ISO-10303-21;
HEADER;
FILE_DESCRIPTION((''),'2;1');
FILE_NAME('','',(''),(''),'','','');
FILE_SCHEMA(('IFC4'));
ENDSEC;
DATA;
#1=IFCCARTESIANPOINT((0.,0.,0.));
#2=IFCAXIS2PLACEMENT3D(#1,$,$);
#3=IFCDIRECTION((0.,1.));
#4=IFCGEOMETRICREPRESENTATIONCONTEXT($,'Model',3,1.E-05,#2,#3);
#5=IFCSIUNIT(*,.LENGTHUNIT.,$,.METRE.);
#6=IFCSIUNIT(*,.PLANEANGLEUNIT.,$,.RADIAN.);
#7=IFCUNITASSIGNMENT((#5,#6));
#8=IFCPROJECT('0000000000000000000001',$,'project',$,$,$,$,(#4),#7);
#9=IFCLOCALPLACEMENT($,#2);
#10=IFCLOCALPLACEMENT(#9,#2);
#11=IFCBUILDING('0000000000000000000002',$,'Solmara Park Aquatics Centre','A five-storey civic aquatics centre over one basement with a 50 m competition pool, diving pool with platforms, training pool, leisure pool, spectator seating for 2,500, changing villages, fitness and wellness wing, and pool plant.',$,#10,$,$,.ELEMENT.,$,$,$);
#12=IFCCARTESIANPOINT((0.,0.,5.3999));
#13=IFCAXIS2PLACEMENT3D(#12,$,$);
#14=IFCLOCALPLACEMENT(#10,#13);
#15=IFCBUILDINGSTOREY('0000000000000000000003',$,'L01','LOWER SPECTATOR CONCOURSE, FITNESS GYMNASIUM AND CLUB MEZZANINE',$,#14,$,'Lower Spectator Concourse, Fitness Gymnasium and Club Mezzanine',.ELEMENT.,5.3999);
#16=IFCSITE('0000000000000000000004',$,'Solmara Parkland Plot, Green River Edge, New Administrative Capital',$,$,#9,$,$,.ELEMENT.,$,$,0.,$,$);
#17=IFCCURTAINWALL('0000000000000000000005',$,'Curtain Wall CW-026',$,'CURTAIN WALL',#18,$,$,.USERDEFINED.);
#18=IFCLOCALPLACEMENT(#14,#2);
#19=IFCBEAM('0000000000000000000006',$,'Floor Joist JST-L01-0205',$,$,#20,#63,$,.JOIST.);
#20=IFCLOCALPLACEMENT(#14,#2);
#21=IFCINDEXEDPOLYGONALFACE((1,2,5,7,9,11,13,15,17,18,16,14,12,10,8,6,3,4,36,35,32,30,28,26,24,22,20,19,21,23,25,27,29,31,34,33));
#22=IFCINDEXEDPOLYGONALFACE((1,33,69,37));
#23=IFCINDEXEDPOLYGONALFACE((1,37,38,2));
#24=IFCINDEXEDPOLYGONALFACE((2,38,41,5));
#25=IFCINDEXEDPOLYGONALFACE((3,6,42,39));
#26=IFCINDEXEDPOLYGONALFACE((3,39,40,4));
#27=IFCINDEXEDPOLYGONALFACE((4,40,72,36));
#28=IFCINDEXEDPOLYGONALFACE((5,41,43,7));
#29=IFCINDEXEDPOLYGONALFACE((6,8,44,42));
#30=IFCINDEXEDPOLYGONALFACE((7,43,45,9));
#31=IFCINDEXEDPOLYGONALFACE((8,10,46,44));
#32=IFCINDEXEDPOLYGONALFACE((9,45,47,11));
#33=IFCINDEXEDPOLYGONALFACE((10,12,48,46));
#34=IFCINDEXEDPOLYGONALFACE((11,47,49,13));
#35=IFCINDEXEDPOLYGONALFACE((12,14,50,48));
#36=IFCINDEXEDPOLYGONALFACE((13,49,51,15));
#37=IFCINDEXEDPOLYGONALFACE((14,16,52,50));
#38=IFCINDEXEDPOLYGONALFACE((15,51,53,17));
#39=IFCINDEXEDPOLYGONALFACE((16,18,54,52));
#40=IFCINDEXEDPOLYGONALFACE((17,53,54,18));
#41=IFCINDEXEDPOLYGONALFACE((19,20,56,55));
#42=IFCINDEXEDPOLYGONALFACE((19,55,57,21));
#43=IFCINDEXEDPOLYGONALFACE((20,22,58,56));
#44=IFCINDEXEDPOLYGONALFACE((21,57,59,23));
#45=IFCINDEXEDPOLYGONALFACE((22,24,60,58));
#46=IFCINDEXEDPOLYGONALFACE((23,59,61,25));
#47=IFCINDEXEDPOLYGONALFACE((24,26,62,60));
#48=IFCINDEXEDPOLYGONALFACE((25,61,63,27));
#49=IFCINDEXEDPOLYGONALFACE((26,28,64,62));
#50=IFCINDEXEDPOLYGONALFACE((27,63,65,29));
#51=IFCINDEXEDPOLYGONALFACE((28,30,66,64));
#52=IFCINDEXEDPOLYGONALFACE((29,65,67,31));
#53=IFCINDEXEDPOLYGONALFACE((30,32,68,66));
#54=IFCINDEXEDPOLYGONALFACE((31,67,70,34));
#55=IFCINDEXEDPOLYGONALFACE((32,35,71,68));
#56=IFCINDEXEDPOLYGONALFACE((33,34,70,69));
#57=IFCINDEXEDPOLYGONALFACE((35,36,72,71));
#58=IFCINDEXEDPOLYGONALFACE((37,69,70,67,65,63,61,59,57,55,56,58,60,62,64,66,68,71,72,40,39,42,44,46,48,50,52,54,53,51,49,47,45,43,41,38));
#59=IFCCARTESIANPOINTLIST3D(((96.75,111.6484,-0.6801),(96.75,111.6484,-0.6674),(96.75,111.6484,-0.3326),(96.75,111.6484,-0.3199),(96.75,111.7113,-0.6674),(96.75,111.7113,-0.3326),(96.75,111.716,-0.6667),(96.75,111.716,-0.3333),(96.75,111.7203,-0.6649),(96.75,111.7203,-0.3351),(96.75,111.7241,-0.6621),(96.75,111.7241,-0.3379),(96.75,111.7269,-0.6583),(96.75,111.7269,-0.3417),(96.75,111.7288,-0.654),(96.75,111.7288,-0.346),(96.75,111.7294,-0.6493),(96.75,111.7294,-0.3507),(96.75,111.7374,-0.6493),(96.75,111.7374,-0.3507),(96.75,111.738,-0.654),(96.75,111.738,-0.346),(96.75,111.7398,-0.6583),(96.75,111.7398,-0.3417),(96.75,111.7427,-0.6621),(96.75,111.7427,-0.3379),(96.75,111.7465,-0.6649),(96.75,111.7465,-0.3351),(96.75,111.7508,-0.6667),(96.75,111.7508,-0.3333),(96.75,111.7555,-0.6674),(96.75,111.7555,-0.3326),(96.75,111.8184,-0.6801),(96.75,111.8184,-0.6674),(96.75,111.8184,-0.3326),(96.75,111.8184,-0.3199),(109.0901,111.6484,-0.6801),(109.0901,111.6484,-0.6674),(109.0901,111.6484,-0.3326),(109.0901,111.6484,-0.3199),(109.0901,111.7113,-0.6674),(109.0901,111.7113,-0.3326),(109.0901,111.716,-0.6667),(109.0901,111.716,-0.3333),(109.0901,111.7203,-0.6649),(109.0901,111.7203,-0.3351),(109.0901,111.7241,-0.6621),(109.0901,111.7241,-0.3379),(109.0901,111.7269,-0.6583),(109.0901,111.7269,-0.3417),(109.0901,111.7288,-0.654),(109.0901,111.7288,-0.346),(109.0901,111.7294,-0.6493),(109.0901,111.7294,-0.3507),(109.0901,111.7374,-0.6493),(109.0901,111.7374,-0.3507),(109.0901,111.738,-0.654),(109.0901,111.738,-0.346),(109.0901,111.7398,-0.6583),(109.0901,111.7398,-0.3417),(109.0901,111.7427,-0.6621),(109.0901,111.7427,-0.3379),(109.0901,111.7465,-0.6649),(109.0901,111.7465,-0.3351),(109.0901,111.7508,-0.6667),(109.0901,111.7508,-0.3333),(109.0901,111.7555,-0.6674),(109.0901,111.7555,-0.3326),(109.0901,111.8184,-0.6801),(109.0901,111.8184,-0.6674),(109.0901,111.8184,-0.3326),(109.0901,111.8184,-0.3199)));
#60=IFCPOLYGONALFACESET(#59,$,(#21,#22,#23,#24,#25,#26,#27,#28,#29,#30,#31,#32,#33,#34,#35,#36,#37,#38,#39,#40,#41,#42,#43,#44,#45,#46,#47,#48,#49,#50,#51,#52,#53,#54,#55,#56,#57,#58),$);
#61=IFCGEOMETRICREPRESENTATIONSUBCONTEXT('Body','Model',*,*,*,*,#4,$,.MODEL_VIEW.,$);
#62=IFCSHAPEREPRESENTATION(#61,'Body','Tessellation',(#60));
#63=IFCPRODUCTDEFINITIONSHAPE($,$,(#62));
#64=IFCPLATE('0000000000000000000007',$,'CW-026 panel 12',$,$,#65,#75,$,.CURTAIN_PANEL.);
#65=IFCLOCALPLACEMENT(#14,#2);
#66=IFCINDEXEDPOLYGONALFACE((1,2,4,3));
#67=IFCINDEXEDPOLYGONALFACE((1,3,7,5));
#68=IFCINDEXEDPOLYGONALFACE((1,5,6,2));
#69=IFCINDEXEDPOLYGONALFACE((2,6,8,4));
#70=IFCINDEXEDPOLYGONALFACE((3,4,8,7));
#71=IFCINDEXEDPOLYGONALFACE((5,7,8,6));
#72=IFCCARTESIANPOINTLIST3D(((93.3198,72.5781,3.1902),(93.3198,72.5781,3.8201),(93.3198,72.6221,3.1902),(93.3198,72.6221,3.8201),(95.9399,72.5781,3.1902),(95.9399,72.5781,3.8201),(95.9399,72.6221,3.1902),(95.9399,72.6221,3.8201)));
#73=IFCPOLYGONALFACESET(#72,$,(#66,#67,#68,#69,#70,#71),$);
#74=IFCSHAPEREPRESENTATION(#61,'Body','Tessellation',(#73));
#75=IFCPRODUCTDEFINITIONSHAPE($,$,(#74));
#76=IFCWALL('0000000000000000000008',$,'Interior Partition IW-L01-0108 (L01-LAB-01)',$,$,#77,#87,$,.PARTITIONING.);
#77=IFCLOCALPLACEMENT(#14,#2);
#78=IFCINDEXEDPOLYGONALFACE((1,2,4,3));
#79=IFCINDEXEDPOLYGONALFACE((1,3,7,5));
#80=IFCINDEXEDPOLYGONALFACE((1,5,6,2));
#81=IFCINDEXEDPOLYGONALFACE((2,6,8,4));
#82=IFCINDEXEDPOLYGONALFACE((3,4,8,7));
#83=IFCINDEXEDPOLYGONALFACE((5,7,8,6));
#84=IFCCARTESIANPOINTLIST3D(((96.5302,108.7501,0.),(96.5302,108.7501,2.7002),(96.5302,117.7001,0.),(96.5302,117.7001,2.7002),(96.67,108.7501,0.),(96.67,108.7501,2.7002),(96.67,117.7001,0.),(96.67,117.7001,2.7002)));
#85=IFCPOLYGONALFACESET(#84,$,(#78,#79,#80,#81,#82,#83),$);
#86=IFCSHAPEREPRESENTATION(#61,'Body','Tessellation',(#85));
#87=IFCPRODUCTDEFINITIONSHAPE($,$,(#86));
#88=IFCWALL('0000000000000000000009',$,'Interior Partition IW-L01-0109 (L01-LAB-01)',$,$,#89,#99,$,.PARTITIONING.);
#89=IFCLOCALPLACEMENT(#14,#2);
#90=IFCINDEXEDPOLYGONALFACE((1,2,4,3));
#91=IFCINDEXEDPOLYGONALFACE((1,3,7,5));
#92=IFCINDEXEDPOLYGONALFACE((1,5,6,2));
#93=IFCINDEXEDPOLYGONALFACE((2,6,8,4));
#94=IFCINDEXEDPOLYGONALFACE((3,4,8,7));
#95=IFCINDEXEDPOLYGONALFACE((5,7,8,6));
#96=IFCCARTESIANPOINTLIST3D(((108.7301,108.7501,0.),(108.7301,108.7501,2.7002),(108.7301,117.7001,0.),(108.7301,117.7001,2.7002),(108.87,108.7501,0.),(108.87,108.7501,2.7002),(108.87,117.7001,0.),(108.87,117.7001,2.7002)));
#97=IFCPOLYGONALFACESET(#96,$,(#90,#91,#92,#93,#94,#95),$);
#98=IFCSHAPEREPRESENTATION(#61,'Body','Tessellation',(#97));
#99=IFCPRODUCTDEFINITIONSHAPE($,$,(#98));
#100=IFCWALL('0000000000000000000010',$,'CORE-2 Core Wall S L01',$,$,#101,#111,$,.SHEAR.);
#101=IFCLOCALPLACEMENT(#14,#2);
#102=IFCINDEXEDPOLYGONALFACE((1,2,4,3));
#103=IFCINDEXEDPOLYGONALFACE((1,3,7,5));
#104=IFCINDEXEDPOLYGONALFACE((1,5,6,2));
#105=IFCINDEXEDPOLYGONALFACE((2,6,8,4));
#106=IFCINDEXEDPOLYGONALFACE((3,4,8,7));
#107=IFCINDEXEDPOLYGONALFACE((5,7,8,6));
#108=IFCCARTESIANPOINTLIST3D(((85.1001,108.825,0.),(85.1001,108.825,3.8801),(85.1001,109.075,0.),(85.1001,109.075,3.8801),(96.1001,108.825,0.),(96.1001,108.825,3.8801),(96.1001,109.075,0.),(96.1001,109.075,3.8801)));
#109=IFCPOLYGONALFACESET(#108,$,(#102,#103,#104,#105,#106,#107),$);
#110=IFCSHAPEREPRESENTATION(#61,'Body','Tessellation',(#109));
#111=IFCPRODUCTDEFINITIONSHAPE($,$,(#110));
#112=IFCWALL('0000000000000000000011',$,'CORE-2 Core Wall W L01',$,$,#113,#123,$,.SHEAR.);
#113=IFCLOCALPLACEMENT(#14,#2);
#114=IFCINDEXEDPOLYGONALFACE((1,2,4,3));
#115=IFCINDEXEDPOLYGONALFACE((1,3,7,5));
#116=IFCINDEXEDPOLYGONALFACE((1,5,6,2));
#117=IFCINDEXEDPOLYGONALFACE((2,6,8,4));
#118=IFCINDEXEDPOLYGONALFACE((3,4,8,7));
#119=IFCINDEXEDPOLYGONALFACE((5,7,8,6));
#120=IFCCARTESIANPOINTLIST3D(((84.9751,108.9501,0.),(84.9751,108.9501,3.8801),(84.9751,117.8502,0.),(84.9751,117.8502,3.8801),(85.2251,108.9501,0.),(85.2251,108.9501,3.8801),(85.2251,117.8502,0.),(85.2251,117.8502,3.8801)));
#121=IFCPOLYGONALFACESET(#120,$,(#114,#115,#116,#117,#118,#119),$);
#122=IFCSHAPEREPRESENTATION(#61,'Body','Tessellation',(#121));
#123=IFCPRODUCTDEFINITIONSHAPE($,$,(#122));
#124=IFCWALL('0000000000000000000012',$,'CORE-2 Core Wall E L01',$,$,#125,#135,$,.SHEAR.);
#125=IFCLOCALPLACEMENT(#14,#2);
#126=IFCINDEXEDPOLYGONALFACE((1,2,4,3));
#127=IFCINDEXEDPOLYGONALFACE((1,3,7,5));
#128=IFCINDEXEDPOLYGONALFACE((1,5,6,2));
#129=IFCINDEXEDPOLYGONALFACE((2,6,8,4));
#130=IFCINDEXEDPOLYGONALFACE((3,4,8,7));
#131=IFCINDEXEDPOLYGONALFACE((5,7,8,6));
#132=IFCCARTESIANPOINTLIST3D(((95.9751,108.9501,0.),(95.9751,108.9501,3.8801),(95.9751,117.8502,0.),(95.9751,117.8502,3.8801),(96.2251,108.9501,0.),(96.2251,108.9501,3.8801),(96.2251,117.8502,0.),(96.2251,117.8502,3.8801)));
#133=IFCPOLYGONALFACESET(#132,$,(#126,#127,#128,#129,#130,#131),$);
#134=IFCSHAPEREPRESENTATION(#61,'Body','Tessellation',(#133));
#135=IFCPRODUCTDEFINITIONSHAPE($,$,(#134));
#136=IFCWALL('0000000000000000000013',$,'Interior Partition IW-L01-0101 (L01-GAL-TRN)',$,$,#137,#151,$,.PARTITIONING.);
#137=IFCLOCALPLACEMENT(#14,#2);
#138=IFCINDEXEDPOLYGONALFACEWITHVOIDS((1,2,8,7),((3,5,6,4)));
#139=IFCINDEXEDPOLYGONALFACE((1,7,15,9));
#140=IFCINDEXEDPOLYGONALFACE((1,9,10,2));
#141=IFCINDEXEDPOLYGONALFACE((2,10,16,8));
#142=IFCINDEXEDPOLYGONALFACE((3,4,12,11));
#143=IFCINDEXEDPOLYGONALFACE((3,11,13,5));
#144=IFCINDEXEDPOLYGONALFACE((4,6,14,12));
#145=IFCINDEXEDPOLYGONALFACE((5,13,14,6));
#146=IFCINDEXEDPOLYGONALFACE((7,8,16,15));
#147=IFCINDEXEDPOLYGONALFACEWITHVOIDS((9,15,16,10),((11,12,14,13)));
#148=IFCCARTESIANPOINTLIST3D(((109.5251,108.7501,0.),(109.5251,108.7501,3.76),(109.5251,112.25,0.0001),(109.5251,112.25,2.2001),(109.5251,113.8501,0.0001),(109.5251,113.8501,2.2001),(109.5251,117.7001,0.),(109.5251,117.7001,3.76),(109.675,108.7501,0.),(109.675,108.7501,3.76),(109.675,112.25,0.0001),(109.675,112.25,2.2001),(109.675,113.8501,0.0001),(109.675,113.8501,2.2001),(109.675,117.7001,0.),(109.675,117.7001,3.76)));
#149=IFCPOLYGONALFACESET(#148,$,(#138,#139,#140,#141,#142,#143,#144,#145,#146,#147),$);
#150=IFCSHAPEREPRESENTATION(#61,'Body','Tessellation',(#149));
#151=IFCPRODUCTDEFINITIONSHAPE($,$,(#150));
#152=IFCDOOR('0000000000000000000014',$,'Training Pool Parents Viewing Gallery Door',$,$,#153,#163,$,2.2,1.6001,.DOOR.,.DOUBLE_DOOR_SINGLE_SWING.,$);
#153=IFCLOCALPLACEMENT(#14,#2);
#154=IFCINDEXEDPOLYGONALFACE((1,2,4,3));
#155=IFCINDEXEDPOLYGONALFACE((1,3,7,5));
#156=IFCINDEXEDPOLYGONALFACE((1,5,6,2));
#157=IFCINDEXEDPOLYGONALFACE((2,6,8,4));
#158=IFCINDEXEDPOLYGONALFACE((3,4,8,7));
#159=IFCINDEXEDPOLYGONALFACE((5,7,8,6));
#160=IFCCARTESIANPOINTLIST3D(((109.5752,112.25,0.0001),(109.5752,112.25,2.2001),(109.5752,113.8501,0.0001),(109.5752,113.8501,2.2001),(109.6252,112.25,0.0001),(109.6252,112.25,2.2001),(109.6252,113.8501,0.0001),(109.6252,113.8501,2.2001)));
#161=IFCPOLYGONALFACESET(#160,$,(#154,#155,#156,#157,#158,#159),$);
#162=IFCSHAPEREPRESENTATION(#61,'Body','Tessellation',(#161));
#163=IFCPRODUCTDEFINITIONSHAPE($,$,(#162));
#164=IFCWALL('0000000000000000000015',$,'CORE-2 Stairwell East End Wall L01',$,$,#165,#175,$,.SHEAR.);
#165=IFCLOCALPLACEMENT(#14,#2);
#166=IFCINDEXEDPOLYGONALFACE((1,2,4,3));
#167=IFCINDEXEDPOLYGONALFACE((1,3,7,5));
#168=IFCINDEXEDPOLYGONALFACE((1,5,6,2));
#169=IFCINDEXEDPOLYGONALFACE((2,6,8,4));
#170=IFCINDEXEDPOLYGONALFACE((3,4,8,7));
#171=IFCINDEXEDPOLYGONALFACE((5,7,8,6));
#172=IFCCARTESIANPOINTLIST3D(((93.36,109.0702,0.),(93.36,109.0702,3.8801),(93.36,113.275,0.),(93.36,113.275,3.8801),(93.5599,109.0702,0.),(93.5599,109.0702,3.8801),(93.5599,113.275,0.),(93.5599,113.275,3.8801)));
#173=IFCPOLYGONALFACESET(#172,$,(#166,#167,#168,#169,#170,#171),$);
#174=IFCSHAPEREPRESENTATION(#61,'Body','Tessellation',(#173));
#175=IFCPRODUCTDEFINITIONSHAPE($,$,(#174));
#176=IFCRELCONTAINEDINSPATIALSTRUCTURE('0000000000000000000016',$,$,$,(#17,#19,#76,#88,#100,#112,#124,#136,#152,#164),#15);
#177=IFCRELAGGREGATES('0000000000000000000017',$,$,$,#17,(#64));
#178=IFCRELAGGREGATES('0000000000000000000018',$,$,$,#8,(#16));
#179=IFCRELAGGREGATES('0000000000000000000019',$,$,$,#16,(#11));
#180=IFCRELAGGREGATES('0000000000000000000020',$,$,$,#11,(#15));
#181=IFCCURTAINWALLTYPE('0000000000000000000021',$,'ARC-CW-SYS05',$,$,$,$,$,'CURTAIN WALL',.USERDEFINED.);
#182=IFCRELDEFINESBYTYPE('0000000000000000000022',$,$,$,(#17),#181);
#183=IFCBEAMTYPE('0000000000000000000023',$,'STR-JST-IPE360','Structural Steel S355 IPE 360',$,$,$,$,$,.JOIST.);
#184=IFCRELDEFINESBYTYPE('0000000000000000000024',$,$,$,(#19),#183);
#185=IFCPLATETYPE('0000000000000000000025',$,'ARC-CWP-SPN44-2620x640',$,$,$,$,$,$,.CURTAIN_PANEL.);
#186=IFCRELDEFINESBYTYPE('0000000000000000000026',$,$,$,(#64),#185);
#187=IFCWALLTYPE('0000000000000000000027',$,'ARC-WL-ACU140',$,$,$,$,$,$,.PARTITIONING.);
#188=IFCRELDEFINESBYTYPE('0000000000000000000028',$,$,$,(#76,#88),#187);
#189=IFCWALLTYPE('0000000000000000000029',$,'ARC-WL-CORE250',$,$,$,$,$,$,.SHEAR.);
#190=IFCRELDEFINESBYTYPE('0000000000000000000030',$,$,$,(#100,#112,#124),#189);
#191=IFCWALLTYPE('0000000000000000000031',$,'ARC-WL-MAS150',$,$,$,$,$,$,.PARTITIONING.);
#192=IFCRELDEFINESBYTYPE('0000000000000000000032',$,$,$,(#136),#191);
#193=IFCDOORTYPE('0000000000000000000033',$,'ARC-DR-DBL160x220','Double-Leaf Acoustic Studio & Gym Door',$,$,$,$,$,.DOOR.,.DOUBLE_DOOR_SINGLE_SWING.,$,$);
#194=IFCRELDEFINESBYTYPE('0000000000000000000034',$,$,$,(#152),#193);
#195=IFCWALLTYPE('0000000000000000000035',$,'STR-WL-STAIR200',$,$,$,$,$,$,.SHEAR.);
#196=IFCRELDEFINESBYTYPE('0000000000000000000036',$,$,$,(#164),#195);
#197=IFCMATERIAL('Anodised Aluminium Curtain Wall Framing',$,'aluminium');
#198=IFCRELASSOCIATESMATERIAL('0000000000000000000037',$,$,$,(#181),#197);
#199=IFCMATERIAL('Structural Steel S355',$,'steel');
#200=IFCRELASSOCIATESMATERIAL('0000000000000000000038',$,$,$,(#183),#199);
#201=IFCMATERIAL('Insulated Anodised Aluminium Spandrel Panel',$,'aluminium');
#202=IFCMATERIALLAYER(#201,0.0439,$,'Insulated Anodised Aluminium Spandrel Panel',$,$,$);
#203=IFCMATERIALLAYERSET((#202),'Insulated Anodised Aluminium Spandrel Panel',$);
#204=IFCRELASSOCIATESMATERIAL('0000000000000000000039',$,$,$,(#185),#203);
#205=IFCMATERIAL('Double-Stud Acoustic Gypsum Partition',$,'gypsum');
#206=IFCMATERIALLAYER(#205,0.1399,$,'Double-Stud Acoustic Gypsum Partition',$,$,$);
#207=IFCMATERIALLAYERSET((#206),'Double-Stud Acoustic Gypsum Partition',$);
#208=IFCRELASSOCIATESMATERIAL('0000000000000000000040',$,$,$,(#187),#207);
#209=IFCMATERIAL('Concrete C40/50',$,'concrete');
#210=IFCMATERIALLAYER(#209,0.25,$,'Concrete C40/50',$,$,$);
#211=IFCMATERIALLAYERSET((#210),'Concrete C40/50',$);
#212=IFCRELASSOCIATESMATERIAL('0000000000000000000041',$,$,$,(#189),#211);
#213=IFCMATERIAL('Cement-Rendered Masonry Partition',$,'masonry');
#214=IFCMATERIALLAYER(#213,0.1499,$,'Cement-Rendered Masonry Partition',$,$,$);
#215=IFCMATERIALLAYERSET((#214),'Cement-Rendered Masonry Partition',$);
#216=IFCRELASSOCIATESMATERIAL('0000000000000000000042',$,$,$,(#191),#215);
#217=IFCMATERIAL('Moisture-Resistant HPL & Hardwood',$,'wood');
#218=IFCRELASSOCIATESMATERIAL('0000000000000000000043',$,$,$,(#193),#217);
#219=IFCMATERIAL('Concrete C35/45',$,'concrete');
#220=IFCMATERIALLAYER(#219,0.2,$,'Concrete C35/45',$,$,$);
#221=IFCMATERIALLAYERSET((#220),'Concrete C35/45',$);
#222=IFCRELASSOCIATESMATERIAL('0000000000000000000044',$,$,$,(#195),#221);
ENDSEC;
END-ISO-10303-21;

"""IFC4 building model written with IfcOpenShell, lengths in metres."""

from ifc_helpers import new_model, si_unit, direction, frame, frame_2d, origin, origin_2d, place, context, subcontext, project, spatial, rectangle, i_section, extrude, material, layer, layer_set, material_profile, profile_set, type_object, element, fill, aggregate, save


model = new_model("IFC4")

# Units and contexts
model_context = context("Model", 3, precision=1e-05, world=origin(), true_north=direction((0.0, 1.0)))
body_context = subcontext(model_context, "Body", "Model", "MODEL_VIEW")
ifc_project = project(units=[si_unit("LENGTHUNIT", "METRE"), si_unit("PLANEANGLEUNIT", "RADIAN")], contexts=[model_context])

# Site, building, storey
site_placement = place(None, origin())
site = spatial("IfcSite", under=ifc_project, at=site_placement, Name="Solmara Parkland Plot, Green River Edge, New Administrative Capital", CompositionType="ELEMENT", RefElevation=0.0)
building_placement = place(site_placement, origin())
building = spatial("IfcBuilding", under=site, at=building_placement, Name="Solmara Park Aquatics Centre", Description="A five-storey civic aquatics centre over one basement with a 50 m competition pool, diving pool with platforms, training pool, leisure pool, spectator seating for 2,500, changing villages, fitness and wellness wing, and pool plant.", CompositionType="ELEMENT")
storey_placement = place(building_placement, frame((0.0, 0.0, 5.3999)))
storey = spatial("IfcBuildingStorey", under=building, at=storey_placement, Name="L01", Description="LOWER SPECTATOR CONCOURSE, FITNESS GYMNASIUM AND CLUB MEZZANINE", LongName="Lower Spectator Concourse, Fitness Gymnasium and Club Mezzanine", CompositionType="ELEMENT", Elevation=5.3999)

# Shared definitions
ifc_material_1 = material(Name="Structural Steel S355", Category="steel")
ifc_material_2 = material(Name="Concrete C40/50", Category="concrete")

# Curtain wall
ifc_material_3 = material(Name="Anodised Aluminium Curtain Wall Framing", Category="aluminium")
curtain_wall_type = type_object("IfcCurtainWallType", Name="ARC-CW-SYS05", ElementType="CURTAIN WALL", PredefinedType="USERDEFINED", material=ifc_material_3)
curtain_wall_placement = place(storey_placement, origin())
curtain_wall = element("IfcCurtainWall", 1, at=curtain_wall_placement, inside=storey, type_object=curtain_wall_type, Name="Curtain Wall CW-026", ObjectType="CURTAIN WALL", PredefinedType="USERDEFINED")

# Beam
ifc_material_profile_1 = material_profile(ifc_material_1, i_section(OverallWidth=0.1699, OverallDepth=0.3601, WebThickness=0.0081, FlangeThickness=0.0127, FilletRadius=0.0181, at=origin_2d()), Name="IPE 360")
ifc_profile_set_1 = profile_set([ifc_material_profile_1], Name="Structural Steel S355")
beam_type_1 = type_object("IfcBeamType", Name="STR-JST-IPE360", Description="Structural Steel S355 IPE 360", PredefinedType="JOIST", material=ifc_profile_set_1)
beam_1_placement = place(storey_placement, frame((96.75, 111.7334, -0.5), z_axis=(1.0, 0.0, 0.0), x_axis=(0.0, 1.0, 0.0)))
element("IfcBeam", 2, at=beam_1_placement, inside=storey, type_object=beam_type_1, Name="Floor Joist JST-L01-0205", PredefinedType="JOIST", context=body_context, shape_type="SweptSolid", body=[
    extrude(i_section(OverallWidth=0.1699, OverallDepth=0.3601, WebThickness=0.0081, FlangeThickness=0.0127, FilletRadius=0.0181, at=origin_2d()), origin(), (0.0, 0.0, 1.0), 12.3401),
])

# Plate
ifc_material_4 = material(Name="Insulated Anodised Aluminium Spandrel Panel", Category="aluminium")
ifc_layer_1 = layer(ifc_material_4, 0.0439, Name="Insulated Anodised Aluminium Spandrel Panel")
ifc_layer_set_1 = layer_set([ifc_layer_1], Name="Insulated Anodised Aluminium Spandrel Panel")
plate_type = type_object("IfcPlateType", Name="ARC-CWP-SPN44-2620x640", PredefinedType="CURTAIN_PANEL", material=ifc_layer_set_1)
plate_placement = place(storey_placement, frame((94.6299, 72.6001, 3.1902), z_axis=(0.0, 0.0, 1.0), x_axis=(1.0, 0.0, 0.0)))
plate = element("IfcPlate", 3, at=plate_placement, type_object=plate_type, Name="CW-026 panel 12", PredefinedType="CURTAIN_PANEL", context=body_context, shape_type="SweptSolid", body=[
    extrude(rectangle(XDim=2.6201, YDim=0.0439, at=origin_2d()), origin(), (0.0, 0.0, 1.0), 0.6299),
])
aggregate(curtain_wall, [plate])

# Walls
ifc_material_5 = material(Name="Double-Stud Acoustic Gypsum Partition", Category="gypsum")
ifc_layer_2 = layer(ifc_material_5, 0.1399, Name="Double-Stud Acoustic Gypsum Partition")
ifc_layer_set_2 = layer_set([ifc_layer_2], Name="Double-Stud Acoustic Gypsum Partition")
wall_type_1 = type_object("IfcWallType", Name="ARC-WL-ACU140", PredefinedType="PARTITIONING", material=ifc_layer_set_2)
for number, where, z_axis, x_axis, name in (
    (4, (96.6001, 108.75, 0.0), (0.0, 0.0, 1.0), (0.0, 1.0, 0.0), "Interior Partition IW-L01-0108 (L01-LAB-01)"),
    (5, (108.8, 108.75, 0.0), (0.0, 0.0, 1.0), (0.0, 1.0, 0.0), "Interior Partition IW-L01-0109 (L01-LAB-01)"),
):
    element("IfcWall", number, at=place(storey_placement, frame(where, z_axis=z_axis, x_axis=x_axis)), inside=storey, type_object=wall_type_1, Name=name, PredefinedType="PARTITIONING", context=body_context, shape_type="SweptSolid", body=[
        extrude(rectangle(XDim=8.95, YDim=0.1399, at=frame_2d((4.4751, 0.0))), origin(), (0.0, 0.0, 1.0), 2.7002),
    ])
ifc_layer_3 = layer(ifc_material_2, 0.25, Name="Concrete C40/50")
ifc_layer_set_3 = layer_set([ifc_layer_3], Name="Concrete C40/50")
wall_type_2 = type_object("IfcWallType", Name="ARC-WL-CORE250", PredefinedType="SHEAR", material=ifc_layer_set_3)
wall_1_placement = place(storey_placement, frame((85.1001, 108.95, 0.0), z_axis=(0.0, 0.0, 1.0), x_axis=(1.0, 0.0, 0.0)))
element("IfcWall", 6, at=wall_1_placement, inside=storey, type_object=wall_type_2, Name="CORE-2 Core Wall S L01", PredefinedType="SHEAR", context=body_context, shape_type="SweptSolid", body=[
    extrude(rectangle(XDim=11.0, YDim=0.25, at=frame_2d((5.5, 0.0))), origin(), (0.0, 0.0, 1.0), 3.8801),
])
for number, where, z_axis, x_axis, name in (
    (7, (85.1001, 108.95, 0.0), (0.0, 0.0, 1.0), (0.0, 1.0, 0.0), "CORE-2 Core Wall W L01"),
    (8, (96.1001, 108.95, 0.0), (0.0, 0.0, 1.0), (0.0, 1.0, 0.0), "CORE-2 Core Wall E L01"),
):
    element("IfcWall", number, at=place(storey_placement, frame(where, z_axis=z_axis, x_axis=x_axis)), inside=storey, type_object=wall_type_2, Name=name, PredefinedType="SHEAR", context=body_context, shape_type="SweptSolid", body=[
        extrude(rectangle(XDim=8.9001, YDim=0.25, at=frame_2d((4.4502, 0.0))), origin(), (0.0, 0.0, 1.0), 3.8801),
    ])

# Wall, opening, door
ifc_material_6 = material(Name="Cement-Rendered Masonry Partition", Category="masonry")
ifc_layer_4 = layer(ifc_material_6, 0.1499, Name="Cement-Rendered Masonry Partition")
ifc_layer_set_4 = layer_set([ifc_layer_4], Name="Cement-Rendered Masonry Partition")
wall_type_3 = type_object("IfcWallType", Name="ARC-WL-MAS150", PredefinedType="PARTITIONING", material=ifc_layer_set_4)
wall_2_placement = place(storey_placement, frame((109.6001, 108.75, 0.0), z_axis=(0.0, 0.0, 1.0), x_axis=(0.0, 1.0, 0.0)))
wall_2 = element("IfcWall", 9, at=wall_2_placement, inside=storey, type_object=wall_type_3, Name="Interior Partition IW-L01-0101 (L01-GAL-TRN)", PredefinedType="PARTITIONING", context=body_context, shape_type="SweptSolid", body=[
    extrude(rectangle(XDim=8.95, YDim=0.1499, at=frame_2d((4.4751, 0.0))), origin(), (0.0, 0.0, 1.0), 3.76),
])
opening_placement = place(wall_2_placement, frame((3.5, 0.0, 0.0)))
opening = element("IfcOpeningElement", 10, at=opening_placement, cuts=wall_2, PredefinedType="OPENING", context=body_context, shape_type="SweptSolid", body=[
    extrude(rectangle(XDim=1.6001, YDim=2.2, at=frame_2d((0.8, 1.1001))), frame((0.0, 0.085, 0.0), z_axis=(0.0, -1.0, 0.0), x_axis=(1.0, 0.0, 0.0)), (0.0, 0.0, 1.0), 0.1699),
])
ifc_material_7 = material(Name="Moisture-Resistant HPL & Hardwood", Category="wood")
door_type = type_object("IfcDoorType", Name="ARC-DR-DBL160x220", Description="Double-Leaf Acoustic Studio & Gym Door", OperationType="DOUBLE_DOOR_SINGLE_SWING", PredefinedType="DOOR", material=ifc_material_7)
door_placement = place(opening_placement, origin())
door = element("IfcDoor", 11, at=door_placement, inside=storey, type_object=door_type, Name="Training Pool Parents Viewing Gallery Door", OperationType="DOUBLE_DOOR_SINGLE_SWING", OverallHeight=2.2, OverallWidth=1.6001, PredefinedType="DOOR", context=body_context, shape_type="SweptSolid", body=[
    extrude(rectangle(XDim=1.6001, YDim=2.2, at=frame_2d((0.8, 1.1001))), frame((0.0, 0.0249, 0.0), z_axis=(0.0, -1.0, 0.0), x_axis=(1.0, 0.0, 0.0)), (0.0, 0.0, 1.0), 0.05),
])
fill(opening, door)

# Wall
ifc_material_8 = material(Name="Concrete C35/45", Category="concrete")
ifc_layer_5 = layer(ifc_material_8, 0.2, Name="Concrete C35/45")
ifc_layer_set_5 = layer_set([ifc_layer_5], Name="Concrete C35/45")
wall_type_4 = type_object("IfcWallType", Name="STR-WL-STAIR200", PredefinedType="SHEAR", material=ifc_layer_set_5)
wall_3_placement = place(storey_placement, frame((93.46, 109.0701, 0.0), z_axis=(0.0, 0.0, 1.0), x_axis=(0.0, 1.0, 0.0)))
element("IfcWall", 12, at=wall_3_placement, inside=storey, type_object=wall_type_4, Name="CORE-2 Stairwell East End Wall L01", PredefinedType="SHEAR", context=body_context, shape_type="SweptSolid", body=[
    extrude(rectangle(XDim=4.2048, YDim=0.2, at=frame_2d((2.1025, 0.0))), origin(), (0.0, 0.0, 1.0), 3.8801),
])

save(model, "model.ifc")
